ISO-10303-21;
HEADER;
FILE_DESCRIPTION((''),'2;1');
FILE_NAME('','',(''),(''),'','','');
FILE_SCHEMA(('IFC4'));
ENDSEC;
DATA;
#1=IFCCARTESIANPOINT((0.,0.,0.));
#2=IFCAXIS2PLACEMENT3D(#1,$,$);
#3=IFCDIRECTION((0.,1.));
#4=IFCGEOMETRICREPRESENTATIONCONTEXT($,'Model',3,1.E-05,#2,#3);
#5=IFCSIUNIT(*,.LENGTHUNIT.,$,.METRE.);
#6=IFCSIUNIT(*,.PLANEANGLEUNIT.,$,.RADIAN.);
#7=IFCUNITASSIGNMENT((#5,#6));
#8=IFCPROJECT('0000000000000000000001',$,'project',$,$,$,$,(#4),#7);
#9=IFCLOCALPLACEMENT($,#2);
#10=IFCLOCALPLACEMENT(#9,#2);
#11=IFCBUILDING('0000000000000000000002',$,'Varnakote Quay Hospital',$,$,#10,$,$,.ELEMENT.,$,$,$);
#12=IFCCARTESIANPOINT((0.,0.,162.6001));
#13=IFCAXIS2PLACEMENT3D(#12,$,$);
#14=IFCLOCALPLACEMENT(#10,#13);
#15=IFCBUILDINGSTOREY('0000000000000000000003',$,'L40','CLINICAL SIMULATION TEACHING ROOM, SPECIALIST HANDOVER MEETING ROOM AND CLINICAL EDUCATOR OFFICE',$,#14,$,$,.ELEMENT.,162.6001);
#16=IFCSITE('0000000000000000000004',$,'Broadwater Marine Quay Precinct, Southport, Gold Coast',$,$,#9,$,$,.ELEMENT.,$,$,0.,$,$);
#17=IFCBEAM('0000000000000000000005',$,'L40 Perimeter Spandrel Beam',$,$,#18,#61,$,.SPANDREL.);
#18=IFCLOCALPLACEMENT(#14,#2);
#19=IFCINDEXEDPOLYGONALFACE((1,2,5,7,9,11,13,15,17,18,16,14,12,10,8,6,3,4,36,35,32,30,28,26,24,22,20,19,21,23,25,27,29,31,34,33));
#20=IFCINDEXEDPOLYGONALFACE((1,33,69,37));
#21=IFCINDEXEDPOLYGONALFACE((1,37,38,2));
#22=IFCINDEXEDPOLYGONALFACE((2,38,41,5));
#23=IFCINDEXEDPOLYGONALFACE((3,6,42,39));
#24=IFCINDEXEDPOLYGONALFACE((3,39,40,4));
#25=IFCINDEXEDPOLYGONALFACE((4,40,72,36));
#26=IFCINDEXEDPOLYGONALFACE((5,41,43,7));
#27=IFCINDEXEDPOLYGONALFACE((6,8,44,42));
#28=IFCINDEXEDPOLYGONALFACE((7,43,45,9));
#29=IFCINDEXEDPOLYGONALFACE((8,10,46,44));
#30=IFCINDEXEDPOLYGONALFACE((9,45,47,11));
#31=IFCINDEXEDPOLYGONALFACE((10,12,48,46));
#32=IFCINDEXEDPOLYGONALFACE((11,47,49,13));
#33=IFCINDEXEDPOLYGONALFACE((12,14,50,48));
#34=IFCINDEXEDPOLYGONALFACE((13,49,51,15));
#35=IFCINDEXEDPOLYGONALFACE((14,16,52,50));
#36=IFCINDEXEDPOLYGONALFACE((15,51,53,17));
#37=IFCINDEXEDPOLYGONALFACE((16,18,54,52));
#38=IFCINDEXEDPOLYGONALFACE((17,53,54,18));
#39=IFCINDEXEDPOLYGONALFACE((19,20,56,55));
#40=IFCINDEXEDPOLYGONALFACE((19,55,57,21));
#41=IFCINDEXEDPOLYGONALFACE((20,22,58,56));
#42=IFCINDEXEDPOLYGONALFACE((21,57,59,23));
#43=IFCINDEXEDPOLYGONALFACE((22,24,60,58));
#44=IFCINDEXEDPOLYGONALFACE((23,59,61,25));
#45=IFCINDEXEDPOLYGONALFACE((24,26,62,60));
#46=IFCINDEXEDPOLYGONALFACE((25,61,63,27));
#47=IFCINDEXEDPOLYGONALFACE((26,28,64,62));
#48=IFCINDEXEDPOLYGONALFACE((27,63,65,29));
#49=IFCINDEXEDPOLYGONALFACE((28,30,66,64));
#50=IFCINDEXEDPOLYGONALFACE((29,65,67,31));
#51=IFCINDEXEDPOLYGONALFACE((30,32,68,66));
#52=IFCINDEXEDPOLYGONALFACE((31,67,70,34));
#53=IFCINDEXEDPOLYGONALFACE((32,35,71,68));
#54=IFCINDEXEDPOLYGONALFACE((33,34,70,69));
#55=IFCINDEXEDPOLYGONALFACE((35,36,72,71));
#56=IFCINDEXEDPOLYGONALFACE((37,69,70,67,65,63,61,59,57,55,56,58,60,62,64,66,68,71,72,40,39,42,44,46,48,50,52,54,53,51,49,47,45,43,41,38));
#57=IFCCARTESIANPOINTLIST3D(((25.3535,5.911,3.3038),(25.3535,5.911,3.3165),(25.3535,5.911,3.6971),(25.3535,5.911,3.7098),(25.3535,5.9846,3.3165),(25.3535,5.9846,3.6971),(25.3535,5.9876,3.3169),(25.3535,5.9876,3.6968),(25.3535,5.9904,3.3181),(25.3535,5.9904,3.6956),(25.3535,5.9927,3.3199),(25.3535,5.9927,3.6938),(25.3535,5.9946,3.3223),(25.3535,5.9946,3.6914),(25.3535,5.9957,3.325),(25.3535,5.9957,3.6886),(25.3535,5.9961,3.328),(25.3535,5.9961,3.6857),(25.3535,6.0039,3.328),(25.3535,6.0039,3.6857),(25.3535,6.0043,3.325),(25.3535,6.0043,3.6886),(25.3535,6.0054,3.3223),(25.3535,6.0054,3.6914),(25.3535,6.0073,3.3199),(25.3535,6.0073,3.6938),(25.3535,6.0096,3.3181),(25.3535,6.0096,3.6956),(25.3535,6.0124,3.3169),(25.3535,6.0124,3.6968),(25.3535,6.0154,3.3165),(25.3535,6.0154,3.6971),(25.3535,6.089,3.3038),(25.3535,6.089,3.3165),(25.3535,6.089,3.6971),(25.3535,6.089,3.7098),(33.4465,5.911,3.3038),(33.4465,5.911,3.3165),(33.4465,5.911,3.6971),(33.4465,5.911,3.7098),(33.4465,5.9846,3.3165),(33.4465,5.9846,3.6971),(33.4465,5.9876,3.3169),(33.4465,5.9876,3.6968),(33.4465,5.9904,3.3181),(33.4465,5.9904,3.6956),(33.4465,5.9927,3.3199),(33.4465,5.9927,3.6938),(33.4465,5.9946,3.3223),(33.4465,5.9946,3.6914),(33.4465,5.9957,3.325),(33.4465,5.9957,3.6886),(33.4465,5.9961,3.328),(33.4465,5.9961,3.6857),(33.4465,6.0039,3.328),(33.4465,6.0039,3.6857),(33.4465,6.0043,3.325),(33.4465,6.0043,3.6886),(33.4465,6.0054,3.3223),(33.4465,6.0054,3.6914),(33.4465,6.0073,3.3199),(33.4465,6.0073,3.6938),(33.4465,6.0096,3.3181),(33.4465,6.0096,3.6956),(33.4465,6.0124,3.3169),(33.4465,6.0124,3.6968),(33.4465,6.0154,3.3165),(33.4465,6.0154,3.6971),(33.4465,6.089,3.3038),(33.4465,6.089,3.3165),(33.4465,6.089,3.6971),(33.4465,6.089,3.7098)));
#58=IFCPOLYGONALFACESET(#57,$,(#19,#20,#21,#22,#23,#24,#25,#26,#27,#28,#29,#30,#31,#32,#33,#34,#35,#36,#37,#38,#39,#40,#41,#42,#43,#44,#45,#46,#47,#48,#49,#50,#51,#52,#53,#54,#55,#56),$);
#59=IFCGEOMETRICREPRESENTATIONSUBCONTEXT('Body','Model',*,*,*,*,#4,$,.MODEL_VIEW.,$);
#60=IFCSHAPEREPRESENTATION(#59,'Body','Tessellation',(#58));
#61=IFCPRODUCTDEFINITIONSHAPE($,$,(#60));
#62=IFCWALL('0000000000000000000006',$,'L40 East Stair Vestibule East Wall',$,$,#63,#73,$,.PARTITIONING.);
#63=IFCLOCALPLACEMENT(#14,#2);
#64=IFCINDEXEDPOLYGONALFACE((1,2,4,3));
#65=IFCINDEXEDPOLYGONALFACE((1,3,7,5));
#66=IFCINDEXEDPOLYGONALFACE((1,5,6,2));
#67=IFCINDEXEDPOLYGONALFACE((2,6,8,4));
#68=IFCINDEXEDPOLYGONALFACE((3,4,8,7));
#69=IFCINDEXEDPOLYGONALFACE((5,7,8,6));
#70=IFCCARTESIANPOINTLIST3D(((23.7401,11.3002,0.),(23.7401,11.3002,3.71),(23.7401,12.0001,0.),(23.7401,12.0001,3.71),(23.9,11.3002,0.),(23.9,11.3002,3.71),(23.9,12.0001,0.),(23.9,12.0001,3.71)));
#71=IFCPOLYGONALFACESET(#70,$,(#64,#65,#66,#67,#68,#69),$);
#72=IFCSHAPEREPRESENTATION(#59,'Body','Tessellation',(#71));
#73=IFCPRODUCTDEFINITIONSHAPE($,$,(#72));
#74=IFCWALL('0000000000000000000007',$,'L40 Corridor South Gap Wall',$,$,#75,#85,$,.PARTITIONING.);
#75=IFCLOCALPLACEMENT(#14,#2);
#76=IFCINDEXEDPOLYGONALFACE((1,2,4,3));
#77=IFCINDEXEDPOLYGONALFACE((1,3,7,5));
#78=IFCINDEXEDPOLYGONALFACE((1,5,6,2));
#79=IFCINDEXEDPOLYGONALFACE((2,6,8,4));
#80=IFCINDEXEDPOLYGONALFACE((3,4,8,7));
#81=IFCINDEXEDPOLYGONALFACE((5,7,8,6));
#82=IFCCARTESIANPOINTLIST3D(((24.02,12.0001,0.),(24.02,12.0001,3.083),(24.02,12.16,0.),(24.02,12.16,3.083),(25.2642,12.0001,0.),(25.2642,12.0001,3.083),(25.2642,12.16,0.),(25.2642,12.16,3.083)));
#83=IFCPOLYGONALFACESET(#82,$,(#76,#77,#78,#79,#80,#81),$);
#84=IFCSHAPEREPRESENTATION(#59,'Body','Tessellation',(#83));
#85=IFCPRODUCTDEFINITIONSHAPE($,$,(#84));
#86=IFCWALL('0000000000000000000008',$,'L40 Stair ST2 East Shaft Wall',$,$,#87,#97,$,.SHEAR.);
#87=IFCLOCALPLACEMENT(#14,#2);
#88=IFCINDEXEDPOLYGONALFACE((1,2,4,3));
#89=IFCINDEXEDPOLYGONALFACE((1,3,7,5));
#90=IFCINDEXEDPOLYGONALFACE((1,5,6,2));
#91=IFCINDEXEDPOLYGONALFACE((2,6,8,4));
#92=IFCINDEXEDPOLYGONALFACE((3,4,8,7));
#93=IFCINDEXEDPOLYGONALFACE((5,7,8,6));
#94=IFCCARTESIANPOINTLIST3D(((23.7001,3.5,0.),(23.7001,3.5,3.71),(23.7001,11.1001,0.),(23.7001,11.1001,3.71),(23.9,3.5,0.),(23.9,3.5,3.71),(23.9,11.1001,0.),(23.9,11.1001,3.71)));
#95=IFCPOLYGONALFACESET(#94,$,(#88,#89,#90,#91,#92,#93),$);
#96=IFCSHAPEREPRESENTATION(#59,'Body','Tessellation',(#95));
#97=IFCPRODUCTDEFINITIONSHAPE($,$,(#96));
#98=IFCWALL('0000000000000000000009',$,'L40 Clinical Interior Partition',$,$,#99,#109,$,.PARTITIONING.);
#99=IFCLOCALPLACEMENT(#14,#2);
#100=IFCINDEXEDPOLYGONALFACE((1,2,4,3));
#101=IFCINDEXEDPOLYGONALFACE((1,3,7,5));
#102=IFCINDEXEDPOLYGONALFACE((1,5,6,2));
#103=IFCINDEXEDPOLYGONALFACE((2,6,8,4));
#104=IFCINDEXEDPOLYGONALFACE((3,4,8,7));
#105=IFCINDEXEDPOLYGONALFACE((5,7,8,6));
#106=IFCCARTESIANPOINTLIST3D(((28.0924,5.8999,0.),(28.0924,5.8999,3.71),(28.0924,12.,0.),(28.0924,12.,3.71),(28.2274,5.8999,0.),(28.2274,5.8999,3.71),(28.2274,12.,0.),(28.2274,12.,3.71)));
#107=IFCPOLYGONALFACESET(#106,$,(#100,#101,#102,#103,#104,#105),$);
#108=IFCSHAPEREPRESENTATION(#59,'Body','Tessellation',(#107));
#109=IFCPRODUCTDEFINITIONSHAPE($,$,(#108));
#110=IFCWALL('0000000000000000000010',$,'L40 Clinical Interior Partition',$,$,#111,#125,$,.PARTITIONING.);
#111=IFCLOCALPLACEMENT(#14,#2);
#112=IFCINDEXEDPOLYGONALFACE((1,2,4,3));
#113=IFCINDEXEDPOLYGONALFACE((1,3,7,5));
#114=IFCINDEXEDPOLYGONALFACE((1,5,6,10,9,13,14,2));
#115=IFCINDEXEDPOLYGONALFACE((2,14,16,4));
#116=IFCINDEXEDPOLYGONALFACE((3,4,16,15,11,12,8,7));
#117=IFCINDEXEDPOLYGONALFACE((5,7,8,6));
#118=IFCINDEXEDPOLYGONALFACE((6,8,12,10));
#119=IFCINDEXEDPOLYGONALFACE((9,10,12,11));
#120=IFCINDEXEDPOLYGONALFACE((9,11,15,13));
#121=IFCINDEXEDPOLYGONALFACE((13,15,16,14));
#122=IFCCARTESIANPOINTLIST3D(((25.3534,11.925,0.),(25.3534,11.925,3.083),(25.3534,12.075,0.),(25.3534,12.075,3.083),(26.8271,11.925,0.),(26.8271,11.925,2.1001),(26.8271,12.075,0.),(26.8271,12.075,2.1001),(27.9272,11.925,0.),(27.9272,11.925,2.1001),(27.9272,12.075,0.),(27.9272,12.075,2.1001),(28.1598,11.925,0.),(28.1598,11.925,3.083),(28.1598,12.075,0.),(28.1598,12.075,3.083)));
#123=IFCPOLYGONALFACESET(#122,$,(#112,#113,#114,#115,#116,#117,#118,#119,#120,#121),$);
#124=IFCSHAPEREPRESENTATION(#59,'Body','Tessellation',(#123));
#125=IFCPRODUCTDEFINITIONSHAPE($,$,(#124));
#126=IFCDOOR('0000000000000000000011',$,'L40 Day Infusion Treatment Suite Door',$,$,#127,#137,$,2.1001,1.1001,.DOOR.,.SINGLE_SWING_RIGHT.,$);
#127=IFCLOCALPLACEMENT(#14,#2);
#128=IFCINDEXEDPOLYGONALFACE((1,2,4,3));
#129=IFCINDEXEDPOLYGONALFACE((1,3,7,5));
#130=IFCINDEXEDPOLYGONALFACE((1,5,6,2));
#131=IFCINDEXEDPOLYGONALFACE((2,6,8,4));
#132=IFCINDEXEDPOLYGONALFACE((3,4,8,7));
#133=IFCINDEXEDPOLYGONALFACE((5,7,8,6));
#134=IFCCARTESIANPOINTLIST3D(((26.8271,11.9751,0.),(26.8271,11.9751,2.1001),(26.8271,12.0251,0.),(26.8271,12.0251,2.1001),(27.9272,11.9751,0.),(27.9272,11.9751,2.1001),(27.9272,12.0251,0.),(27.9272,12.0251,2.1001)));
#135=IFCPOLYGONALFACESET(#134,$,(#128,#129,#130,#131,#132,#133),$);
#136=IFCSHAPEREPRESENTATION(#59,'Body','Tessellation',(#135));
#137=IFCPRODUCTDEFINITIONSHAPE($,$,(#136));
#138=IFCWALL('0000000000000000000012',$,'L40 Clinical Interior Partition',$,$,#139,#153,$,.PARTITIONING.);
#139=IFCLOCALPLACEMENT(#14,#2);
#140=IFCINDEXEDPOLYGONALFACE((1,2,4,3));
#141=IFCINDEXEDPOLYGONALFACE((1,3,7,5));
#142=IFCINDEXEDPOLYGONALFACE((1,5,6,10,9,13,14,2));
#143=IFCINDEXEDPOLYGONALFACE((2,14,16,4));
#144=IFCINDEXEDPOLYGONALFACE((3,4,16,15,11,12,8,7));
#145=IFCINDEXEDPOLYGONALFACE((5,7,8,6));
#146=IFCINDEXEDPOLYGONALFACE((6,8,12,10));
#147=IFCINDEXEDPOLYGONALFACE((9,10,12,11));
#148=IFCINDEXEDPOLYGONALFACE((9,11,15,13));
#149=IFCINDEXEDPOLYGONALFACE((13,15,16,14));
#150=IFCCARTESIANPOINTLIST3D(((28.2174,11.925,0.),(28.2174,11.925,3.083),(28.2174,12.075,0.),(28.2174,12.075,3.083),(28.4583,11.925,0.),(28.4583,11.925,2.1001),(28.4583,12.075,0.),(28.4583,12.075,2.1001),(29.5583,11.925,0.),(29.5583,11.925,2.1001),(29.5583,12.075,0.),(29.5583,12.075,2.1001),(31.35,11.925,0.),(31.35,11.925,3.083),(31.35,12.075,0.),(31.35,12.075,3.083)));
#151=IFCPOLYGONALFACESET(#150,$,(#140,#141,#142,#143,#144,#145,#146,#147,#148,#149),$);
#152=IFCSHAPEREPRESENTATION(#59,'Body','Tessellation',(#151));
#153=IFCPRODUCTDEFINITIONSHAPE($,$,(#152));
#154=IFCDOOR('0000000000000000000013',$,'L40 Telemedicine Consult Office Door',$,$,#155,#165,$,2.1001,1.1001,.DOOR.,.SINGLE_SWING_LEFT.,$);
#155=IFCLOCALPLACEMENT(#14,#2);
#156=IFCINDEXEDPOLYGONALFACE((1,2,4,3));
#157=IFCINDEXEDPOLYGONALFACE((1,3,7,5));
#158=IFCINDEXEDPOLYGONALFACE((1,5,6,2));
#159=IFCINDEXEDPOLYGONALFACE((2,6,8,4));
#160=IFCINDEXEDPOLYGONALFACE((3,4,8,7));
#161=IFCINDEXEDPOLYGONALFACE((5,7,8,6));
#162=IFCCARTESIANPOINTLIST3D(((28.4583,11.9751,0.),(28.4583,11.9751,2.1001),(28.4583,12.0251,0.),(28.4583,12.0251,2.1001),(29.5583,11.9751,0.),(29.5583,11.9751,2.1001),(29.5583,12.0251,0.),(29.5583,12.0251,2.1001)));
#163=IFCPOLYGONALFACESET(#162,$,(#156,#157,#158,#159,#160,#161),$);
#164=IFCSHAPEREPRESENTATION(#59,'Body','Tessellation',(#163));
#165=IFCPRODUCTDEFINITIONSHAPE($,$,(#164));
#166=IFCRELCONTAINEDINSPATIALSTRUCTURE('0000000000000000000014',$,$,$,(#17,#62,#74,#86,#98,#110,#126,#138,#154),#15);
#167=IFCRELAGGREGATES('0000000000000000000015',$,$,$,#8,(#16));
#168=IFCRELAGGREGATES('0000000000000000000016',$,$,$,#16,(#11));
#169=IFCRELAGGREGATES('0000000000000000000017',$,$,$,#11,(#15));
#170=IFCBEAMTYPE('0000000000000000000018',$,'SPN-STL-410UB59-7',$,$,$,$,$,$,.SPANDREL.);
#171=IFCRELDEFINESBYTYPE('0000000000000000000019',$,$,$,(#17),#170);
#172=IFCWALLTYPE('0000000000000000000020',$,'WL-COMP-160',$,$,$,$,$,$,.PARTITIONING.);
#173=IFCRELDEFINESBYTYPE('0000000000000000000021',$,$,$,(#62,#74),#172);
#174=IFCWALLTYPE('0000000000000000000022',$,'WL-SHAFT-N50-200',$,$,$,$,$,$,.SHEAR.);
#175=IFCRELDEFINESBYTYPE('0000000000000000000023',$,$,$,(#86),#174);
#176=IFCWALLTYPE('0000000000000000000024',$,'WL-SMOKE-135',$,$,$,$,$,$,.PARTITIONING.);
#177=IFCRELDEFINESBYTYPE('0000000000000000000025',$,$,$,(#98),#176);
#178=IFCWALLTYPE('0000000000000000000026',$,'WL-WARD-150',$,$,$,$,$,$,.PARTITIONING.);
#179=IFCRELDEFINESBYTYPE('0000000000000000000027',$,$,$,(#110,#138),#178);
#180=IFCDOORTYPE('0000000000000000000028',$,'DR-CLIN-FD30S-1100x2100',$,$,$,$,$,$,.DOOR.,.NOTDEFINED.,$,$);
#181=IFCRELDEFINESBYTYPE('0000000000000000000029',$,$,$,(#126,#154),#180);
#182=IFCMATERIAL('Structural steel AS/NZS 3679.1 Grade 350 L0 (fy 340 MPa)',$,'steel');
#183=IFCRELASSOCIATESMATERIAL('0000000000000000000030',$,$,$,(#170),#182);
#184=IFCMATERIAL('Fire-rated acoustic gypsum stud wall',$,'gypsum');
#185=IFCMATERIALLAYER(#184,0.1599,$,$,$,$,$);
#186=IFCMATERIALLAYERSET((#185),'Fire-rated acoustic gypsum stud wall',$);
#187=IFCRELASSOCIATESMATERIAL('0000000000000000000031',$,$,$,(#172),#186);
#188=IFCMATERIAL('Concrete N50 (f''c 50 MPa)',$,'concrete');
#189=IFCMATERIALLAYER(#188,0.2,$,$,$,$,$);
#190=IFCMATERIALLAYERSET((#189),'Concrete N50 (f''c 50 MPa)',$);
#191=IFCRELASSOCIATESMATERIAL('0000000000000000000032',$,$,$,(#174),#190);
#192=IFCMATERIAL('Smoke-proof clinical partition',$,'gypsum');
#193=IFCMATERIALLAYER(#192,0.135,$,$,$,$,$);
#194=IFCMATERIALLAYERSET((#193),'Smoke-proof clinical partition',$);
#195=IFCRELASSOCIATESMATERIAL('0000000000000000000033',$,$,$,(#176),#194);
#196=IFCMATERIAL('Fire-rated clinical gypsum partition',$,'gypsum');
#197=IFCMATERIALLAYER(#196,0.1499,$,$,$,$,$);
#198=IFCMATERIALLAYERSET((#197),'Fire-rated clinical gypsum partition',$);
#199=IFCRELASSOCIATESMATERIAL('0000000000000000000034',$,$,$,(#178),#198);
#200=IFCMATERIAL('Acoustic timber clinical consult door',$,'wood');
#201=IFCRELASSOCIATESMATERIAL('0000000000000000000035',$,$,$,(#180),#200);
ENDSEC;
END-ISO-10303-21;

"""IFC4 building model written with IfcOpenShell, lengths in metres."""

from ifc_helpers import new_model, si_unit, direction, frame, frame_2d, origin, origin_2d, place, context, subcontext, project, spatial, rectangle, i_section, extrude, material, layer, layer_set, material_profile, profile_set, type_object, element, fill, save


model = new_model("IFC4")

# Units and contexts
model_context = context("Model", 3, precision=1e-05, world=origin(), true_north=direction((0.0, 1.0)))
body_context = subcontext(model_context, "Body", "Model", "MODEL_VIEW")
ifc_project = project(units=[si_unit("LENGTHUNIT", "METRE"), si_unit("PLANEANGLEUNIT", "RADIAN")], contexts=[model_context])

# Site, building, storey
site_placement = place(None, origin())
site = spatial("IfcSite", under=ifc_project, at=site_placement, Name="Broadwater Marine Quay Precinct, Southport, Gold Coast", CompositionType="ELEMENT", RefElevation=0.0)
building_placement = place(site_placement, origin())
building = spatial("IfcBuilding", under=site, at=building_placement, Name="Varnakote Quay Hospital", CompositionType="ELEMENT")
storey_placement = place(building_placement, frame((0.0, 0.0, 162.6001)))
storey = spatial("IfcBuildingStorey", under=building, at=storey_placement, Name="L40", Description="CLINICAL SIMULATION TEACHING ROOM, SPECIALIST HANDOVER MEETING ROOM AND CLINICAL EDUCATOR OFFICE", CompositionType="ELEMENT", Elevation=162.6001)

# Beam
ifc_material_1 = material(Name="Structural steel AS/NZS 3679.1 Grade 350 L0 (fy 340 MPa)", Category="steel")
ifc_material_profile_1 = material_profile(ifc_material_1, i_section(OverallWidth=0.178, OverallDepth=0.406, WebThickness=0.0078, FlangeThickness=0.0127, FilletRadius=0.0115, at=origin_2d()), Name="410UB59.7")
ifc_profile_set_1 = profile_set([ifc_material_profile_1], Name="Structural steel AS/NZS 3679.1 Grade 350 L0 (fy 340 MPa)")
beam_type_1 = type_object("IfcBeamType", Name="SPN-STL-410UB59-7", PredefinedType="SPANDREL", material=ifc_profile_set_1)
beam_1_placement = place(storey_placement, frame((25.3535, 6.0, 3.5068), z_axis=(1.0, 0.0, 0.0), x_axis=(0.0, 1.0, 0.0)))
element("IfcBeam", 1, at=beam_1_placement, inside=storey, type_object=beam_type_1, Name="L40 Perimeter Spandrel Beam", PredefinedType="SPANDREL", context=body_context, shape_type="SweptSolid", body=[
    extrude(i_section(OverallWidth=0.178, OverallDepth=0.406, WebThickness=0.0078, FlangeThickness=0.0127, FilletRadius=0.0115, at=origin_2d()), origin(), (0.0, 0.0, 1.0), 8.093),
])

# Walls
ifc_material_2 = material(Name="Fire-rated acoustic gypsum stud wall", Category="gypsum")
ifc_layer_1 = layer(ifc_material_2, 0.1599)
ifc_layer_set_1 = layer_set([ifc_layer_1], Name="Fire-rated acoustic gypsum stud wall")
wall_type_1 = type_object("IfcWallType", Name="WL-COMP-160", PredefinedType="PARTITIONING", material=ifc_layer_set_1)
wall_1_placement = place(storey_placement, frame((23.8201, 11.3, 0.0), z_axis=(0.0, 0.0, 1.0), x_axis=(0.0, 1.0, 0.0)))
element("IfcWall", 2, at=wall_1_placement, inside=storey, type_object=wall_type_1, Name="L40 East Stair Vestibule East Wall", PredefinedType="PARTITIONING", context=body_context, shape_type="SweptSolid", body=[
    extrude(rectangle(XDim=0.7, YDim=0.1599, at=frame_2d((0.3501, 0.0))), origin(), (0.0, 0.0, 1.0), 3.71),
])
wall_2_placement = place(storey_placement, frame((24.02, 12.0801, 0.0), z_axis=(0.0, 0.0, 1.0), x_axis=(1.0, 0.0, 0.0)))
element("IfcWall", 3, at=wall_2_placement, inside=storey, type_object=wall_type_1, Name="L40 Corridor South Gap Wall", PredefinedType="PARTITIONING", context=body_context, shape_type="SweptSolid", body=[
    extrude(rectangle(XDim=1.2441, YDim=0.1599, at=frame_2d((0.6221, 0.0))), origin(), (0.0, 0.0, 1.0), 3.083),
])
ifc_material_3 = material(Name="Concrete N50 (f'c 50 MPa)", Category="concrete")
ifc_layer_2 = layer(ifc_material_3, 0.2)
ifc_layer_set_2 = layer_set([ifc_layer_2], Name="Concrete N50 (f'c 50 MPa)")
wall_type_2 = type_object("IfcWallType", Name="WL-SHAFT-N50-200", PredefinedType="SHEAR", material=ifc_layer_set_2)
wall_3_placement = place(storey_placement, frame((23.8, 3.5, 0.0), z_axis=(0.0, 0.0, 1.0), x_axis=(0.0, 1.0, 0.0)))
element("IfcWall", 4, at=wall_3_placement, inside=storey, type_object=wall_type_2, Name="L40 Stair ST2 East Shaft Wall", PredefinedType="SHEAR", context=body_context, shape_type="SweptSolid", body=[
    extrude(rectangle(XDim=7.6001, YDim=0.2, at=frame_2d((3.8, 0.0))), origin(), (0.0, 0.0, 1.0), 3.71),
])
ifc_material_4 = material(Name="Smoke-proof clinical partition", Category="gypsum")
ifc_layer_3 = layer(ifc_material_4, 0.135)
ifc_layer_set_3 = layer_set([ifc_layer_3], Name="Smoke-proof clinical partition")
wall_type_3 = type_object("IfcWallType", Name="WL-SMOKE-135", PredefinedType="PARTITIONING", material=ifc_layer_set_3)
wall_4_placement = place(storey_placement, frame((28.1599, 5.8999, 0.0), z_axis=(0.0, 0.0, 1.0), x_axis=(0.0, 1.0, 0.0)))
element("IfcWall", 5, at=wall_4_placement, inside=storey, type_object=wall_type_3, Name="L40 Clinical Interior Partition", PredefinedType="PARTITIONING", context=body_context, shape_type="SweptSolid", body=[
    extrude(rectangle(XDim=6.1001, YDim=0.135, at=frame_2d((3.05, 0.0))), origin(), (0.0, 0.0, 1.0), 3.71),
])

# Walls, openings, doors
ifc_material_5 = material(Name="Fire-rated clinical gypsum partition", Category="gypsum")
ifc_layer_4 = layer(ifc_material_5, 0.1499)
ifc_layer_set_4 = layer_set([ifc_layer_4], Name="Fire-rated clinical gypsum partition")
wall_type_4 = type_object("IfcWallType", Name="WL-WARD-150", PredefinedType="PARTITIONING", material=ifc_layer_set_4)
wall_5_placement = place(storey_placement, frame((28.1599, 12.0, 0.0), z_axis=(0.0, 0.0, 1.0), x_axis=(-1.0, 0.0, 0.0)))
wall_5 = element("IfcWall", 6, at=wall_5_placement, inside=storey, type_object=wall_type_4, Name="L40 Clinical Interior Partition", PredefinedType="PARTITIONING", context=body_context, shape_type="SweptSolid", body=[
    extrude(rectangle(XDim=2.8064, YDim=0.1499, at=frame_2d((1.4033, 0.0))), origin(), (0.0, 0.0, 1.0), 3.083),
])
opening_1_placement = place(wall_5_placement, frame((0.2327, 0.0, 0.0)))
opening_1 = element("IfcOpeningElement", 7, at=opening_1_placement, cuts=wall_5, PredefinedType="OPENING", context=body_context, shape_type="SweptSolid", body=[
    extrude(rectangle(XDim=1.1001, YDim=2.1001, at=frame_2d((0.55, 1.05))), frame((0.0, 0.085, 0.0), z_axis=(0.0, -1.0, 0.0), x_axis=(1.0, 0.0, 0.0)), (0.0, 0.0, 1.0), 0.1699),
])
ifc_material_6 = material(Name="Acoustic timber clinical consult door", Category="wood")
door_type = type_object("IfcDoorType", Name="DR-CLIN-FD30S-1100x2100", OperationType="NOTDEFINED", PredefinedType="DOOR", material=ifc_material_6)
door_1_placement = place(opening_1_placement, origin())
door_1 = element("IfcDoor", 8, at=door_1_placement, inside=storey, type_object=door_type, Name="L40 Day Infusion Treatment Suite Door", OperationType="SINGLE_SWING_RIGHT", OverallHeight=2.1001, OverallWidth=1.1001, PredefinedType="DOOR", context=body_context, shape_type="SweptSolid", body=[
    extrude(rectangle(XDim=1.1001, YDim=2.1001, at=frame_2d((0.55, 1.05))), frame((0.0, 0.0249, 0.0), z_axis=(0.0, -1.0, 0.0), x_axis=(1.0, 0.0, 0.0)), (0.0, 0.0, 1.0), 0.05),
])
fill(opening_1, door_1)
wall_6_placement = place(storey_placement, frame((31.3501, 12.0, 0.0), z_axis=(0.0, 0.0, 1.0), x_axis=(-1.0, 0.0, 0.0)))
wall_6 = element("IfcWall", 9, at=wall_6_placement, inside=storey, type_object=wall_type_4, Name="L40 Clinical Interior Partition", PredefinedType="PARTITIONING", context=body_context, shape_type="SweptSolid", body=[
    extrude(rectangle(XDim=3.1326, YDim=0.1499, at=frame_2d((1.5664, 0.0))), origin(), (0.0, 0.0, 1.0), 3.083),
])
opening_2_placement = place(wall_6_placement, frame((1.7917, 0.0, 0.0)))
opening_2 = element("IfcOpeningElement", 10, at=opening_2_placement, cuts=wall_6, PredefinedType="OPENING", context=body_context, shape_type="SweptSolid", body=[
    extrude(rectangle(XDim=1.1001, YDim=2.1001, at=frame_2d((0.55, 1.05))), frame((0.0, 0.085, 0.0), z_axis=(0.0, -1.0, 0.0), x_axis=(1.0, 0.0, 0.0)), (0.0, 0.0, 1.0), 0.1699),
])
door_2_placement = place(opening_2_placement, origin())
door_2 = element("IfcDoor", 11, at=door_2_placement, inside=storey, type_object=door_type, Name="L40 Telemedicine Consult Office Door", OperationType="SINGLE_SWING_LEFT", OverallHeight=2.1001, OverallWidth=1.1001, PredefinedType="DOOR", context=body_context, shape_type="SweptSolid", body=[
    extrude(rectangle(XDim=1.1001, YDim=2.1001, at=frame_2d((0.55, 1.05))), frame((0.0, 0.0249, 0.0), z_axis=(0.0, -1.0, 0.0), x_axis=(1.0, 0.0, 0.0)), (0.0, 0.0, 1.0), 0.05),
])
fill(opening_2, door_2)

save(model, "model.ifc")
